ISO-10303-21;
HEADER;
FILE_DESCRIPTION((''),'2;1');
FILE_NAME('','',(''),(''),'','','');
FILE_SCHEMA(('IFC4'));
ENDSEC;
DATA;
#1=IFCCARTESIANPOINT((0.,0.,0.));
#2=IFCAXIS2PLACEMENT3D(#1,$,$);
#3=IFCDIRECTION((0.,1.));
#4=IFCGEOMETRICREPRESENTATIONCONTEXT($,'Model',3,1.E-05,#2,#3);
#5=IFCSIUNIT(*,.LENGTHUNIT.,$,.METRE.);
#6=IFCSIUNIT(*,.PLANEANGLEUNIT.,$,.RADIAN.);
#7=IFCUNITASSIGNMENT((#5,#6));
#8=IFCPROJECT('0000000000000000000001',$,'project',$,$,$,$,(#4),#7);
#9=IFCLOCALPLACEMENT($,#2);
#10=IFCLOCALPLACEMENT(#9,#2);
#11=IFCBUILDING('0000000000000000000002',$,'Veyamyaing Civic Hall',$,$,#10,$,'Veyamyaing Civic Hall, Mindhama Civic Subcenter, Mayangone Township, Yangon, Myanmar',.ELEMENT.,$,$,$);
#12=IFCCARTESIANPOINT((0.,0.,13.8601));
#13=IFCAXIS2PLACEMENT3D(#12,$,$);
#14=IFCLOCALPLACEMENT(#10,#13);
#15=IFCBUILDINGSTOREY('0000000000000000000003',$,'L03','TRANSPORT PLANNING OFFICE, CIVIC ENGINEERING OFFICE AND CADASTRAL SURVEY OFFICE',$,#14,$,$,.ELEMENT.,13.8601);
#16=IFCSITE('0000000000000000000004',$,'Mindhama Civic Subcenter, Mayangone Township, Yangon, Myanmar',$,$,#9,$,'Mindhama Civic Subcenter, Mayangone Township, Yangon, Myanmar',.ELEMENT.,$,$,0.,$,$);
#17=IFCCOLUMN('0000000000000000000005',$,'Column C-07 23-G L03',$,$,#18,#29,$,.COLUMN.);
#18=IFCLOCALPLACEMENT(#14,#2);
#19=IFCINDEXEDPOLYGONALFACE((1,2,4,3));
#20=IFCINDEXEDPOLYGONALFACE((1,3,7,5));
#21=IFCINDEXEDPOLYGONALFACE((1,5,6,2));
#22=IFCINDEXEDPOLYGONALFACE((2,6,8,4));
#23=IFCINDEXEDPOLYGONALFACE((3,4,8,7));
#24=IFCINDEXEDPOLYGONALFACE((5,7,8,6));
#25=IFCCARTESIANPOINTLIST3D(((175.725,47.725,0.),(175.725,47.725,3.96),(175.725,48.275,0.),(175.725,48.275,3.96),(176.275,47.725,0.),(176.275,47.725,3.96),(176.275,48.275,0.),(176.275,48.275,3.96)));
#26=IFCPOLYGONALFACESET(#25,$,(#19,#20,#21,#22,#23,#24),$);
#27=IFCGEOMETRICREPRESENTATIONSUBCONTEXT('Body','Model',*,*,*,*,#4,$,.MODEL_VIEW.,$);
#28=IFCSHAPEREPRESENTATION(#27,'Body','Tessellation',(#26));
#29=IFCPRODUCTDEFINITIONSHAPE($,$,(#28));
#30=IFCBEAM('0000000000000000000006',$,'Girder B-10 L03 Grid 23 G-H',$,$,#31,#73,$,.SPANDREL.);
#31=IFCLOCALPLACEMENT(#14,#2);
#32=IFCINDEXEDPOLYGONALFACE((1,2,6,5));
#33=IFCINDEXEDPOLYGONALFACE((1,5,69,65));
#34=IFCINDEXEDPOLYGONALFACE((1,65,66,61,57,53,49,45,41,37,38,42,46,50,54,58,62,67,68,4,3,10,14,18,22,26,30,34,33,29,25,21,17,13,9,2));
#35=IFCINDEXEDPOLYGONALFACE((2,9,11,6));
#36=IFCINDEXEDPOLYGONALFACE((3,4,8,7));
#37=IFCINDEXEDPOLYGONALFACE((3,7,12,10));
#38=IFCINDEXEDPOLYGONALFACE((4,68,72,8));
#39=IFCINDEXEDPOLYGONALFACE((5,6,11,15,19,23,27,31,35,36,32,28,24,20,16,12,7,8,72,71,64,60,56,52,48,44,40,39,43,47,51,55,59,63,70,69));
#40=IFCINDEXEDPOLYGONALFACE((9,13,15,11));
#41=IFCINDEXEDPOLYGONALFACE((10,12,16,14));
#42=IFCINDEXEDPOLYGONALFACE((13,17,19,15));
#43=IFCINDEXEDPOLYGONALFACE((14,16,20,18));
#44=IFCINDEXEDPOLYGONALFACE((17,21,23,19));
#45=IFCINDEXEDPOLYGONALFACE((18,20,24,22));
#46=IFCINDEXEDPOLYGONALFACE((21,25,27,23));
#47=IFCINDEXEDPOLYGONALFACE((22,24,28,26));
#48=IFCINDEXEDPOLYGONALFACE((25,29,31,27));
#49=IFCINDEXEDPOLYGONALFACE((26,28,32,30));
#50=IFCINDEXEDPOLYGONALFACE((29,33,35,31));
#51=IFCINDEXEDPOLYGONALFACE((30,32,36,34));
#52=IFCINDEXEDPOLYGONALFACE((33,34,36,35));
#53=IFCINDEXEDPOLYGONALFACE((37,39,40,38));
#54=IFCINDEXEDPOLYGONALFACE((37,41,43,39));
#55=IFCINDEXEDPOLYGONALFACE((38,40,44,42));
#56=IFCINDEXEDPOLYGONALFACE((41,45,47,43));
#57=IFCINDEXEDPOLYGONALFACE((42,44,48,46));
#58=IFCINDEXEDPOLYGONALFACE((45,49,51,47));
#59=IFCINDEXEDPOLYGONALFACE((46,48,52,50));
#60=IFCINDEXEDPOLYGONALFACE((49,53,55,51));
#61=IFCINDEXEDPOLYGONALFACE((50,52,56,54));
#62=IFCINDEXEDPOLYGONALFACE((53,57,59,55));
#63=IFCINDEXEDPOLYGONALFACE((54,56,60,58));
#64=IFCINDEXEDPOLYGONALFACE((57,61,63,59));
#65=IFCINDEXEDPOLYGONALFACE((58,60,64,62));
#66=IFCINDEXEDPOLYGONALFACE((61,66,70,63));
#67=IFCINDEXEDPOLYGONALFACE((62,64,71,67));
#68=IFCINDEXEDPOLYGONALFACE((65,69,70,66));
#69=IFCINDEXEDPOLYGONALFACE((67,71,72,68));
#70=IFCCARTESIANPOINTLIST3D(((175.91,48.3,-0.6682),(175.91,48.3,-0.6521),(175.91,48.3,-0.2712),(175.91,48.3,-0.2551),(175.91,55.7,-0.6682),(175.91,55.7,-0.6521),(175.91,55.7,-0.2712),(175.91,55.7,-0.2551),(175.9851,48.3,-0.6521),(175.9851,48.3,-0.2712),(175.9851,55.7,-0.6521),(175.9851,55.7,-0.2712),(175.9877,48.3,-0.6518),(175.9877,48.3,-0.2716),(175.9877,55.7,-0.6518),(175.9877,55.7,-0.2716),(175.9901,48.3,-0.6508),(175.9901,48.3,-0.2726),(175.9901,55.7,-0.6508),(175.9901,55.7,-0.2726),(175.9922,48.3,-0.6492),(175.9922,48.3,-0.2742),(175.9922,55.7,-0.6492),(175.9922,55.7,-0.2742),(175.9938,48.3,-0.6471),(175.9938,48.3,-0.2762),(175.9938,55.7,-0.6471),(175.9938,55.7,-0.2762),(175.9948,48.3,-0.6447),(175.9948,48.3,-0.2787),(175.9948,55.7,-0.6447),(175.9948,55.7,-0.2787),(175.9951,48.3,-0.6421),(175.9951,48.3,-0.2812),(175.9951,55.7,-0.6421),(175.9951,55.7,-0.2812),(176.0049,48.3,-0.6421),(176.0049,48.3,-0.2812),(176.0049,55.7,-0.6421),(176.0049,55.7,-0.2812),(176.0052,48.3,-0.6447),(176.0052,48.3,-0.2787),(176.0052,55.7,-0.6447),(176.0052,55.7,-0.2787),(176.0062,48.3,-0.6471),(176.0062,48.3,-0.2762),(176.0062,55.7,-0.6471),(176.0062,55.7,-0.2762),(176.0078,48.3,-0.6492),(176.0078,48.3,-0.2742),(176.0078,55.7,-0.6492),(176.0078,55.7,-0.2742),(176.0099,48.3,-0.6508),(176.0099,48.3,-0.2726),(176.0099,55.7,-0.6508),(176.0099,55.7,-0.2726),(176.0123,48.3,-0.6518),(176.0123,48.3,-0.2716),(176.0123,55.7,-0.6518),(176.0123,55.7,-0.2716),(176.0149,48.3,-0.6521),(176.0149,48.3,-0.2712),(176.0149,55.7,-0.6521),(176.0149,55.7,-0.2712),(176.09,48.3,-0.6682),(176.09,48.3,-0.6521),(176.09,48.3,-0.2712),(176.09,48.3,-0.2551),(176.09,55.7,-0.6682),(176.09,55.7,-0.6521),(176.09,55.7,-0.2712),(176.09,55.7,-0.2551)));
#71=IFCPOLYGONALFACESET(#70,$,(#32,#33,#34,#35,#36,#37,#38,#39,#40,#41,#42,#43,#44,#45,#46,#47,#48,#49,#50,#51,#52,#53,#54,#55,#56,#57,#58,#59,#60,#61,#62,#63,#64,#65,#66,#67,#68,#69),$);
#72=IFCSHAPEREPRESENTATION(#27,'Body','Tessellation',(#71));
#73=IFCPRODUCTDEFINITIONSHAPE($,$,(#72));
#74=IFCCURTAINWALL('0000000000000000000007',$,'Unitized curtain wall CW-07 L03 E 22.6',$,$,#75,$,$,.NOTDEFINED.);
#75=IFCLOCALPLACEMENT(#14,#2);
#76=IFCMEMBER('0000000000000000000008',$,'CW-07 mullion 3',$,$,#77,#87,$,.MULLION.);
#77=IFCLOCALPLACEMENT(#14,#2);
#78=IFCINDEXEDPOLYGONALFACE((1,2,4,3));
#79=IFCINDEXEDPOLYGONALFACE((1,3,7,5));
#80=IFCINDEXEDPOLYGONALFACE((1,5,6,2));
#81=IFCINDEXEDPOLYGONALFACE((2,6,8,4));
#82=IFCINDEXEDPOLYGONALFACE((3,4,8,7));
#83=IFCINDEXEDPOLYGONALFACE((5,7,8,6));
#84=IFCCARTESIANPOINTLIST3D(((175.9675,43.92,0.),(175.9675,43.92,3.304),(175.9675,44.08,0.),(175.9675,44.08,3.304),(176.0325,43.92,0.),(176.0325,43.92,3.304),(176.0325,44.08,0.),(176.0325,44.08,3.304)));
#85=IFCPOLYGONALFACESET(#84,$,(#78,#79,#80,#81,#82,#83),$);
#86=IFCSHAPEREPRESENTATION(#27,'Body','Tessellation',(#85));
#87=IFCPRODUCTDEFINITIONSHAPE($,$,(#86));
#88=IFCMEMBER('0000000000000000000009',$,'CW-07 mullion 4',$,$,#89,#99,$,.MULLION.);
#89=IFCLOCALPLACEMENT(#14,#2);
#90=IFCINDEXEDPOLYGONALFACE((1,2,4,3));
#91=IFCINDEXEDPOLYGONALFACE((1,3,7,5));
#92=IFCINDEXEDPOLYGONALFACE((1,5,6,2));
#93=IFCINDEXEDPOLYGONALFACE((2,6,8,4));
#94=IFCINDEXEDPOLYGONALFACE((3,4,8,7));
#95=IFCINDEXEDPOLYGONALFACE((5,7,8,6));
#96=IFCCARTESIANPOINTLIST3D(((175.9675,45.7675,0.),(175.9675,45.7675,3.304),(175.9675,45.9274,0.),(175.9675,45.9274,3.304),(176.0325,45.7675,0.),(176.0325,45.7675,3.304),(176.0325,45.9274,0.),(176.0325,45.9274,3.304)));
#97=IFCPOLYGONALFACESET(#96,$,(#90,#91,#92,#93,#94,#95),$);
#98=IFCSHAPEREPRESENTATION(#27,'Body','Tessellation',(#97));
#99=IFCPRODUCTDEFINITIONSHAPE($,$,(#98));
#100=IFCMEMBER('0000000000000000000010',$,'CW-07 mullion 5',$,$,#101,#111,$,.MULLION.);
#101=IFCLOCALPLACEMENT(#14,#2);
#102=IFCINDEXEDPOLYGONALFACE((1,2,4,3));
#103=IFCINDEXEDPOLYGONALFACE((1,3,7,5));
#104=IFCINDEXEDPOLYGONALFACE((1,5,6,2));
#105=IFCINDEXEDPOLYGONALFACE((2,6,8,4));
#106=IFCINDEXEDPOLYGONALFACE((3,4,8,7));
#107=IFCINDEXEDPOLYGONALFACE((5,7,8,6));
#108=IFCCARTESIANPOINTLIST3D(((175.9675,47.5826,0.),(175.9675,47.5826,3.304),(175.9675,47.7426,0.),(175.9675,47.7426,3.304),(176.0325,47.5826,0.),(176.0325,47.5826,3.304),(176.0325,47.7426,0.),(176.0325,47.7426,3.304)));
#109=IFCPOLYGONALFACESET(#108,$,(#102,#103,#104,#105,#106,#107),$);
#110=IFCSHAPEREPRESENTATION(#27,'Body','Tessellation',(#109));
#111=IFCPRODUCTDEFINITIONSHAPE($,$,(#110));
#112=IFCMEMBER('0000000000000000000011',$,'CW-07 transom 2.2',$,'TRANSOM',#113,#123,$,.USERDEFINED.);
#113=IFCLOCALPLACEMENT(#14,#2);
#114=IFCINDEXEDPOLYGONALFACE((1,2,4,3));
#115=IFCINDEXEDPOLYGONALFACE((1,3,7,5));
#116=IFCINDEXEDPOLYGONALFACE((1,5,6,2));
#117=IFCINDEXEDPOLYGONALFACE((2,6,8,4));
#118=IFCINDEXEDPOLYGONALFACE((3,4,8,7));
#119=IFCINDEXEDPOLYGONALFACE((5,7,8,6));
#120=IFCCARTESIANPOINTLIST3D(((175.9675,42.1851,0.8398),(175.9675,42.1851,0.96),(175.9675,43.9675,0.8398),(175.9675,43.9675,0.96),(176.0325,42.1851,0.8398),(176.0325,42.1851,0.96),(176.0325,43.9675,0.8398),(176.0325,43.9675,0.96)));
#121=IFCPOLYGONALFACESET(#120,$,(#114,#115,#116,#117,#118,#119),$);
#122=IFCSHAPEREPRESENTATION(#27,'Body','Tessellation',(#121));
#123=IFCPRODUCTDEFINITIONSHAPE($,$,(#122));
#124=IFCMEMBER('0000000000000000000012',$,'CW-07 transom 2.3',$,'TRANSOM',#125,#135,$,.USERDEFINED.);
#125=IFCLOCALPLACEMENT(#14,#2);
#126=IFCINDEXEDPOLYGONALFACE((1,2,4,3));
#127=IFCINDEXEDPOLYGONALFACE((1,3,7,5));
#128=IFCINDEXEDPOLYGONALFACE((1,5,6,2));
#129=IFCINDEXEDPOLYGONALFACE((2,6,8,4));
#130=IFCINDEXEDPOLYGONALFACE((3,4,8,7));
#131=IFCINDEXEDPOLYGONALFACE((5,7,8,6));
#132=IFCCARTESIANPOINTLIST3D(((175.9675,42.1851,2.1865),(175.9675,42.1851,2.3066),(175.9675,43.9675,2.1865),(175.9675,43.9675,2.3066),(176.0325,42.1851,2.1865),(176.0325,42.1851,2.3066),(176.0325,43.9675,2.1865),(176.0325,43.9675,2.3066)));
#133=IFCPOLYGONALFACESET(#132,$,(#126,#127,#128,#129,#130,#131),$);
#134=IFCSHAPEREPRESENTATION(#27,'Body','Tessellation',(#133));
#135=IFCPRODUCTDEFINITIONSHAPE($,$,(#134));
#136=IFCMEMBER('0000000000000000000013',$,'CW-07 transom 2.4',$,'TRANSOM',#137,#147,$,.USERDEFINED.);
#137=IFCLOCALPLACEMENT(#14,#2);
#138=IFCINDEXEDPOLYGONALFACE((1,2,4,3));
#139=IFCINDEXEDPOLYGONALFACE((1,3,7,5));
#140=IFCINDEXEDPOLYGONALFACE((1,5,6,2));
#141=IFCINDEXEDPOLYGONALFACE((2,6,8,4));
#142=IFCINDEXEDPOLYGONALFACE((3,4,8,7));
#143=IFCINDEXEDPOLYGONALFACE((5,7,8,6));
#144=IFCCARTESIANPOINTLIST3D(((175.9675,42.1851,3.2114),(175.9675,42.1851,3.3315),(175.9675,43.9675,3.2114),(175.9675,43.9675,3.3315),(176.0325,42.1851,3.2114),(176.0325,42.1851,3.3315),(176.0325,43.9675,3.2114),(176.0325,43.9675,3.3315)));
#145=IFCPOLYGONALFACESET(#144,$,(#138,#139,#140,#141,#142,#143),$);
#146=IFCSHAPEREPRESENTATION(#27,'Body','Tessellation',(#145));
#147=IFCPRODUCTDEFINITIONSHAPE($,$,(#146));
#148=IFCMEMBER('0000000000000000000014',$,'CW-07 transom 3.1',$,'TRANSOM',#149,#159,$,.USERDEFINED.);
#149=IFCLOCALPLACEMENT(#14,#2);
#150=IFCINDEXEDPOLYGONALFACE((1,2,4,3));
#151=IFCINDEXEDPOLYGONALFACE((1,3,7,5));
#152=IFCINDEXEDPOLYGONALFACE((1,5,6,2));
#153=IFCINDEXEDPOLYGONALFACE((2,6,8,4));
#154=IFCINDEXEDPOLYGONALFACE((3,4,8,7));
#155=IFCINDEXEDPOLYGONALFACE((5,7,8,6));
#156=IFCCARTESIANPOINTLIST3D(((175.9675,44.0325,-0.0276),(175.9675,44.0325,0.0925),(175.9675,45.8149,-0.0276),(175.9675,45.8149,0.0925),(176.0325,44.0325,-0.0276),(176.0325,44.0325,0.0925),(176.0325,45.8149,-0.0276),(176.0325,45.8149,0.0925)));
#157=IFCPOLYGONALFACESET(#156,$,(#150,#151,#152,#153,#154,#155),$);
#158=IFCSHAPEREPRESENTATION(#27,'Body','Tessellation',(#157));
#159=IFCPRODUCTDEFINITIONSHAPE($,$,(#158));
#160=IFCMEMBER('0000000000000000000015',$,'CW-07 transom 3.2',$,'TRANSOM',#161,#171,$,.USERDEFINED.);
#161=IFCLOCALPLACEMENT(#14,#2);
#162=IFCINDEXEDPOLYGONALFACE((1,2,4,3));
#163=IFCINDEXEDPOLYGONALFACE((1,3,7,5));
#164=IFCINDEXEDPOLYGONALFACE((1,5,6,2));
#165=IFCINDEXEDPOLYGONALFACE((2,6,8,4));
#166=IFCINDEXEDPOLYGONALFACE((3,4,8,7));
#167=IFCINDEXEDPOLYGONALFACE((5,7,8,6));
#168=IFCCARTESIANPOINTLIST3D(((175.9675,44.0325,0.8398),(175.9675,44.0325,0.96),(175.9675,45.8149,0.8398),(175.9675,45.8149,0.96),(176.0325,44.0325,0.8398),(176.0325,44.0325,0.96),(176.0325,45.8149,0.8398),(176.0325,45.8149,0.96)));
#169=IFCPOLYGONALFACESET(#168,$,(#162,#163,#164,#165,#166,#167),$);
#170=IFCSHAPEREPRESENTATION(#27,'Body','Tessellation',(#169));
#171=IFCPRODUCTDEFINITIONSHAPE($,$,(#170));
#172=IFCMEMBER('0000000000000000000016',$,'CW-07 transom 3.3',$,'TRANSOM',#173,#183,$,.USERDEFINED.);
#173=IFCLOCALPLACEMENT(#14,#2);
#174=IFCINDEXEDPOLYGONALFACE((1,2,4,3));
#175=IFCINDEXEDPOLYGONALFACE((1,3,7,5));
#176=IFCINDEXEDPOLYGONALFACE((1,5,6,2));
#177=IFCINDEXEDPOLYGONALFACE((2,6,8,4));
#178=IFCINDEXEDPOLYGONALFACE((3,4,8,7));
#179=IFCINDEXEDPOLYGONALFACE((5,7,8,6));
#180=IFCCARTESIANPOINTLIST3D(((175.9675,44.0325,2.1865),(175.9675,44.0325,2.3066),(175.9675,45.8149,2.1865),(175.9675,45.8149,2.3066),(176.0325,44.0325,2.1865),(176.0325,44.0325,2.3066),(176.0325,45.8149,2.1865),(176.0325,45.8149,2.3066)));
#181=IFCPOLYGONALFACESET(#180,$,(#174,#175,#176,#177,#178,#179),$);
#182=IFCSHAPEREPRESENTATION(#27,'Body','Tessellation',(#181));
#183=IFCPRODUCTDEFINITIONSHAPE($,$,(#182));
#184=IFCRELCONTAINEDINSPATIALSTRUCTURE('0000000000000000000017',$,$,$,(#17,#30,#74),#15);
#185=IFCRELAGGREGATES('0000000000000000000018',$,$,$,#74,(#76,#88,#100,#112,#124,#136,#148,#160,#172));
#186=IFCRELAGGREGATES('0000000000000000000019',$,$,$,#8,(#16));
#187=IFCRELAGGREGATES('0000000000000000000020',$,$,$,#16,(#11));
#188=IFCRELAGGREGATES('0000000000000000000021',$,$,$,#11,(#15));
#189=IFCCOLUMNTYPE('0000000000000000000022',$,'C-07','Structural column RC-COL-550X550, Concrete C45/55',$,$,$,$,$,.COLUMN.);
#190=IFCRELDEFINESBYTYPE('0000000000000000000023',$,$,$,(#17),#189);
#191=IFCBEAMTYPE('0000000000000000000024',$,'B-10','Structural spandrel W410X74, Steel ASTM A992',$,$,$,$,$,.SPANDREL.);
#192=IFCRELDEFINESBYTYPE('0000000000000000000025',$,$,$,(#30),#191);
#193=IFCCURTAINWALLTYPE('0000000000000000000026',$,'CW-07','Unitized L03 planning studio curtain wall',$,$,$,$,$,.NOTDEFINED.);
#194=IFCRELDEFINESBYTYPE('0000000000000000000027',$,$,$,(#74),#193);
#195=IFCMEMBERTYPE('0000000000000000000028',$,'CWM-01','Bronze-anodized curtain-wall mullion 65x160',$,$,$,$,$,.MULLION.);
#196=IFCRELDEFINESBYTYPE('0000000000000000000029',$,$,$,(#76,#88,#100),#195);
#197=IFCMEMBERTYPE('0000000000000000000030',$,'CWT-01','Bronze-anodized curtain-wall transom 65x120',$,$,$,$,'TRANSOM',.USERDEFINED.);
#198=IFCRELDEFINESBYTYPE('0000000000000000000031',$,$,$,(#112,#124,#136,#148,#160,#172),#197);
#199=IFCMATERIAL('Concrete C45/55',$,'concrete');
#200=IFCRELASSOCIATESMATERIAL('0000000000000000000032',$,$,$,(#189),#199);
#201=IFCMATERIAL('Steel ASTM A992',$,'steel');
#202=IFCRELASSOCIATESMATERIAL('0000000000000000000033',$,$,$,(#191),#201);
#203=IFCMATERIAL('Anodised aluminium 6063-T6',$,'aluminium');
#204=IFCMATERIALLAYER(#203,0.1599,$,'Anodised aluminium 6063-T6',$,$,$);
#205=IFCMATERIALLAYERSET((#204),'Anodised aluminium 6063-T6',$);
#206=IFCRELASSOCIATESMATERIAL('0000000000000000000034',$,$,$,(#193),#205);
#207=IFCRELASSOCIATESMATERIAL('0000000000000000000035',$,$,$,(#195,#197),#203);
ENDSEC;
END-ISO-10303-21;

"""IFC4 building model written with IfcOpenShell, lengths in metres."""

from ifc_helpers import new_model, si_unit, direction, frame, origin, origin_2d, place, context, subcontext, project, spatial, rectangle, i_section, extrude, material, layer, layer_set, material_profile, profile_set, type_object, element, aggregate, save


model = new_model("IFC4")

# Units and contexts
model_context = context("Model", 3, precision=1e-05, world=origin(), true_north=direction((0.0, 1.0)))
body_context = subcontext(model_context, "Body", "Model", "MODEL_VIEW")
ifc_project = project(units=[si_unit("LENGTHUNIT", "METRE"), si_unit("PLANEANGLEUNIT", "RADIAN")], contexts=[model_context])

# Site, building, storey
site_placement = place(None, origin())
site = spatial("IfcSite", under=ifc_project, at=site_placement, Name="Mindhama Civic Subcenter, Mayangone Township, Yangon, Myanmar", LongName="Mindhama Civic Subcenter, Mayangone Township, Yangon, Myanmar", CompositionType="ELEMENT", RefElevation=0.0)
building_placement = place(site_placement, origin())
building = spatial("IfcBuilding", under=site, at=building_placement, Name="Veyamyaing Civic Hall", LongName="Veyamyaing Civic Hall, Mindhama Civic Subcenter, Mayangone Township, Yangon, Myanmar", CompositionType="ELEMENT")
storey_placement = place(building_placement, frame((0.0, 0.0, 13.8601)))
storey = spatial("IfcBuildingStorey", under=building, at=storey_placement, Name="L03", Description="TRANSPORT PLANNING OFFICE, CIVIC ENGINEERING OFFICE AND CADASTRAL SURVEY OFFICE", CompositionType="ELEMENT", Elevation=13.8601)

# Column
ifc_material_1 = material(Name="Concrete C45/55", Category="concrete")
ifc_material_profile_1 = material_profile(ifc_material_1, rectangle(XDim=0.55, YDim=0.55, at=origin_2d()), Name="RC-COL-550X550")
ifc_profile_set_1 = profile_set([ifc_material_profile_1], Name="Concrete C45/55")
column_type = type_object("IfcColumnType", Name="C-07", Description="Structural column RC-COL-550X550, Concrete C45/55", PredefinedType="COLUMN", material=ifc_profile_set_1)
column_placement = place(storey_placement, frame((176.0, 48.0, 0.0), z_axis=(0.0, 0.0, 1.0), x_axis=(1.0, 0.0, 0.0)))
element("IfcColumn", 1, at=column_placement, inside=storey, type_object=column_type, Name="Column C-07 23-G L03", PredefinedType="COLUMN", context=body_context, shape_type="SweptSolid", body=[
    extrude(rectangle(XDim=0.55, YDim=0.55, at=origin_2d()), origin(), (0.0, 0.0, 1.0), 3.96),
])

# Beam
ifc_material_2 = material(Name="Steel ASTM A992", Category="steel")
ifc_material_profile_2 = material_profile(ifc_material_2, i_section(OverallWidth=0.1799, OverallDepth=0.4131, WebThickness=0.0098, FlangeThickness=0.0161, FilletRadius=0.01, at=origin_2d()), Name="W410X74")
ifc_profile_set_2 = profile_set([ifc_material_profile_2], Name="Steel ASTM A992")
beam_type = type_object("IfcBeamType", Name="B-10", Description="Structural spandrel W410X74, Steel ASTM A992", PredefinedType="SPANDREL", material=ifc_profile_set_2)
beam_placement = place(storey_placement, frame((176.0, 48.3, -0.4617), z_axis=(0.0, 1.0, 0.0), x_axis=(-1.0, 0.0, 0.0)))
element("IfcBeam", 2, at=beam_placement, inside=storey, type_object=beam_type, Name="Girder B-10 L03 Grid 23 G-H", PredefinedType="SPANDREL", context=body_context, shape_type="SweptSolid", body=[
    extrude(i_section(OverallWidth=0.1799, OverallDepth=0.4131, WebThickness=0.0098, FlangeThickness=0.0161, FilletRadius=0.01, at=origin_2d()), origin(), (0.0, 0.0, 1.0), 7.3999),
])

# Curtain wall, members
ifc_material_3 = material(Name="Anodised aluminium 6063-T6", Category="aluminium")
ifc_layer_1 = layer(ifc_material_3, 0.1599, Name="Anodised aluminium 6063-T6")
ifc_layer_set_1 = layer_set([ifc_layer_1], Name="Anodised aluminium 6063-T6")
curtain_wall_type = type_object("IfcCurtainWallType", Name="CW-07", Description="Unitized L03 planning studio curtain wall", PredefinedType="NOTDEFINED", material=ifc_layer_set_1)
curtain_wall_placement = place(storey_placement, origin())
curtain_wall = element("IfcCurtainWall", 3, at=curtain_wall_placement, inside=storey, type_object=curtain_wall_type, Name="Unitized curtain wall CW-07 L03 E 22.6", PredefinedType="NOTDEFINED")
ifc_material_profile_3 = material_profile(ifc_material_3, rectangle(XDim=0.0649, YDim=0.1599, at=origin_2d()), Name="ALU-MUL-65X160")
ifc_profile_set_3 = profile_set([ifc_material_profile_3], Name="Anodised aluminium 6063-T6")
member_type_1 = type_object("IfcMemberType", Name="CWM-01", Description="Bronze-anodized curtain-wall mullion 65x160", PredefinedType="MULLION", material=ifc_profile_set_3)
member_1_placement = place(storey_placement, frame((176.0, 44.0, 0.0), z_axis=(0.0, 0.0, 1.0), x_axis=(-1.0, 0.0, 0.0)))
member_1 = element("IfcMember", 4, at=member_1_placement, type_object=member_type_1, Name="CW-07 mullion 3", PredefinedType="MULLION", context=body_context, shape_type="SweptSolid", body=[
    extrude(rectangle(XDim=0.0649, YDim=0.1599, at=origin_2d()), origin(), (0.0, 0.0, 1.0), 3.304),
])
member_2_placement = place(storey_placement, frame((176.0, 45.8474, 0.0), z_axis=(0.0, 0.0, 1.0), x_axis=(-1.0, 0.0, 0.0)))
member_2 = element("IfcMember", 5, at=member_2_placement, type_object=member_type_1, Name="CW-07 mullion 4", PredefinedType="MULLION", context=body_context, shape_type="SweptSolid", body=[
    extrude(rectangle(XDim=0.0649, YDim=0.1599, at=origin_2d()), origin(), (0.0, 0.0, 1.0), 3.304),
])
member_3_placement = place(storey_placement, frame((176.0, 47.6626, 0.0), z_axis=(0.0, 0.0, 1.0), x_axis=(-1.0, 0.0, 0.0)))
member_3 = element("IfcMember", 6, at=member_3_placement, type_object=member_type_1, Name="CW-07 mullion 5", PredefinedType="MULLION", context=body_context, shape_type="SweptSolid", body=[
    extrude(rectangle(XDim=0.0649, YDim=0.1599, at=origin_2d()), origin(), (0.0, 0.0, 1.0), 3.304),
])
ifc_material_profile_4 = material_profile(ifc_material_3, rectangle(XDim=0.0649, YDim=0.1201, at=origin_2d()), Name="ALU-TRN-65X120")
ifc_profile_set_4 = profile_set([ifc_material_profile_4], Name="Anodised aluminium 6063-T6")
member_type_2 = type_object("IfcMemberType", Name="CWT-01", Description="Bronze-anodized curtain-wall transom 65x120", ElementType="TRANSOM", PredefinedType="USERDEFINED", material=ifc_profile_set_4)
member_4_placement = place(storey_placement, frame((176.0, 42.1851, 0.8999), z_axis=(0.0, 1.0, 0.0), x_axis=(-1.0, 0.0, 0.0)))
member_4 = element("IfcMember", 7, at=member_4_placement, type_object=member_type_2, Name="CW-07 transom 2.2", ObjectType="TRANSOM", PredefinedType="USERDEFINED", context=body_context, shape_type="SweptSolid", body=[
    extrude(rectangle(XDim=0.0649, YDim=0.1201, at=origin_2d()), origin(), (0.0, 0.0, 1.0), 1.7825),
])
member_5_placement = place(storey_placement, frame((176.0, 42.1851, 2.2466), z_axis=(0.0, 1.0, 0.0), x_axis=(-1.0, 0.0, 0.0)))
member_5 = element("IfcMember", 8, at=member_5_placement, type_object=member_type_2, Name="CW-07 transom 2.3", ObjectType="TRANSOM", PredefinedType="USERDEFINED", context=body_context, shape_type="SweptSolid", body=[
    extrude(rectangle(XDim=0.0649, YDim=0.1201, at=origin_2d()), origin(), (0.0, 0.0, 1.0), 1.7825),
])
member_6_placement = place(storey_placement, frame((176.0, 42.1851, 3.2715), z_axis=(0.0, 1.0, 0.0), x_axis=(-1.0, 0.0, 0.0)))
member_6 = element("IfcMember", 9, at=member_6_placement, type_object=member_type_2, Name="CW-07 transom 2.4", ObjectType="TRANSOM", PredefinedType="USERDEFINED", context=body_context, shape_type="SweptSolid", body=[
    extrude(rectangle(XDim=0.0649, YDim=0.1201, at=origin_2d()), origin(), (0.0, 0.0, 1.0), 1.7825),
])
member_7_placement = place(storey_placement, frame((176.0, 44.0325, 0.0325), z_axis=(0.0, 1.0, 0.0), x_axis=(-1.0, 0.0, 0.0)))
member_7 = element("IfcMember", 10, at=member_7_placement, type_object=member_type_2, Name="CW-07 transom 3.1", ObjectType="TRANSOM", PredefinedType="USERDEFINED", context=body_context, shape_type="SweptSolid", body=[
    extrude(rectangle(XDim=0.0649, YDim=0.1201, at=origin_2d()), origin(), (0.0, 0.0, 1.0), 1.7825),
])
member_8_placement = place(storey_placement, frame((176.0, 44.0325, 0.8999), z_axis=(0.0, 1.0, 0.0), x_axis=(-1.0, 0.0, 0.0)))
member_8 = element("IfcMember", 11, at=member_8_placement, type_object=member_type_2, Name="CW-07 transom 3.2", ObjectType="TRANSOM", PredefinedType="USERDEFINED", context=body_context, shape_type="SweptSolid", body=[
    extrude(rectangle(XDim=0.0649, YDim=0.1201, at=origin_2d()), origin(), (0.0, 0.0, 1.0), 1.7825),
])
member_9_placement = place(storey_placement, frame((176.0, 44.0325, 2.2466), z_axis=(0.0, 1.0, 0.0), x_axis=(-1.0, 0.0, 0.0)))
member_9 = element("IfcMember", 12, at=member_9_placement, type_object=member_type_2, Name="CW-07 transom 3.3", ObjectType="TRANSOM", PredefinedType="USERDEFINED", context=body_context, shape_type="SweptSolid", body=[
    extrude(rectangle(XDim=0.0649, YDim=0.1201, at=origin_2d()), origin(), (0.0, 0.0, 1.0), 1.7825),
])

aggregate(curtain_wall, [member_1, member_2, member_3, member_4, member_5, member_6, member_7, member_8, member_9])

save(model, "model.ifc")
